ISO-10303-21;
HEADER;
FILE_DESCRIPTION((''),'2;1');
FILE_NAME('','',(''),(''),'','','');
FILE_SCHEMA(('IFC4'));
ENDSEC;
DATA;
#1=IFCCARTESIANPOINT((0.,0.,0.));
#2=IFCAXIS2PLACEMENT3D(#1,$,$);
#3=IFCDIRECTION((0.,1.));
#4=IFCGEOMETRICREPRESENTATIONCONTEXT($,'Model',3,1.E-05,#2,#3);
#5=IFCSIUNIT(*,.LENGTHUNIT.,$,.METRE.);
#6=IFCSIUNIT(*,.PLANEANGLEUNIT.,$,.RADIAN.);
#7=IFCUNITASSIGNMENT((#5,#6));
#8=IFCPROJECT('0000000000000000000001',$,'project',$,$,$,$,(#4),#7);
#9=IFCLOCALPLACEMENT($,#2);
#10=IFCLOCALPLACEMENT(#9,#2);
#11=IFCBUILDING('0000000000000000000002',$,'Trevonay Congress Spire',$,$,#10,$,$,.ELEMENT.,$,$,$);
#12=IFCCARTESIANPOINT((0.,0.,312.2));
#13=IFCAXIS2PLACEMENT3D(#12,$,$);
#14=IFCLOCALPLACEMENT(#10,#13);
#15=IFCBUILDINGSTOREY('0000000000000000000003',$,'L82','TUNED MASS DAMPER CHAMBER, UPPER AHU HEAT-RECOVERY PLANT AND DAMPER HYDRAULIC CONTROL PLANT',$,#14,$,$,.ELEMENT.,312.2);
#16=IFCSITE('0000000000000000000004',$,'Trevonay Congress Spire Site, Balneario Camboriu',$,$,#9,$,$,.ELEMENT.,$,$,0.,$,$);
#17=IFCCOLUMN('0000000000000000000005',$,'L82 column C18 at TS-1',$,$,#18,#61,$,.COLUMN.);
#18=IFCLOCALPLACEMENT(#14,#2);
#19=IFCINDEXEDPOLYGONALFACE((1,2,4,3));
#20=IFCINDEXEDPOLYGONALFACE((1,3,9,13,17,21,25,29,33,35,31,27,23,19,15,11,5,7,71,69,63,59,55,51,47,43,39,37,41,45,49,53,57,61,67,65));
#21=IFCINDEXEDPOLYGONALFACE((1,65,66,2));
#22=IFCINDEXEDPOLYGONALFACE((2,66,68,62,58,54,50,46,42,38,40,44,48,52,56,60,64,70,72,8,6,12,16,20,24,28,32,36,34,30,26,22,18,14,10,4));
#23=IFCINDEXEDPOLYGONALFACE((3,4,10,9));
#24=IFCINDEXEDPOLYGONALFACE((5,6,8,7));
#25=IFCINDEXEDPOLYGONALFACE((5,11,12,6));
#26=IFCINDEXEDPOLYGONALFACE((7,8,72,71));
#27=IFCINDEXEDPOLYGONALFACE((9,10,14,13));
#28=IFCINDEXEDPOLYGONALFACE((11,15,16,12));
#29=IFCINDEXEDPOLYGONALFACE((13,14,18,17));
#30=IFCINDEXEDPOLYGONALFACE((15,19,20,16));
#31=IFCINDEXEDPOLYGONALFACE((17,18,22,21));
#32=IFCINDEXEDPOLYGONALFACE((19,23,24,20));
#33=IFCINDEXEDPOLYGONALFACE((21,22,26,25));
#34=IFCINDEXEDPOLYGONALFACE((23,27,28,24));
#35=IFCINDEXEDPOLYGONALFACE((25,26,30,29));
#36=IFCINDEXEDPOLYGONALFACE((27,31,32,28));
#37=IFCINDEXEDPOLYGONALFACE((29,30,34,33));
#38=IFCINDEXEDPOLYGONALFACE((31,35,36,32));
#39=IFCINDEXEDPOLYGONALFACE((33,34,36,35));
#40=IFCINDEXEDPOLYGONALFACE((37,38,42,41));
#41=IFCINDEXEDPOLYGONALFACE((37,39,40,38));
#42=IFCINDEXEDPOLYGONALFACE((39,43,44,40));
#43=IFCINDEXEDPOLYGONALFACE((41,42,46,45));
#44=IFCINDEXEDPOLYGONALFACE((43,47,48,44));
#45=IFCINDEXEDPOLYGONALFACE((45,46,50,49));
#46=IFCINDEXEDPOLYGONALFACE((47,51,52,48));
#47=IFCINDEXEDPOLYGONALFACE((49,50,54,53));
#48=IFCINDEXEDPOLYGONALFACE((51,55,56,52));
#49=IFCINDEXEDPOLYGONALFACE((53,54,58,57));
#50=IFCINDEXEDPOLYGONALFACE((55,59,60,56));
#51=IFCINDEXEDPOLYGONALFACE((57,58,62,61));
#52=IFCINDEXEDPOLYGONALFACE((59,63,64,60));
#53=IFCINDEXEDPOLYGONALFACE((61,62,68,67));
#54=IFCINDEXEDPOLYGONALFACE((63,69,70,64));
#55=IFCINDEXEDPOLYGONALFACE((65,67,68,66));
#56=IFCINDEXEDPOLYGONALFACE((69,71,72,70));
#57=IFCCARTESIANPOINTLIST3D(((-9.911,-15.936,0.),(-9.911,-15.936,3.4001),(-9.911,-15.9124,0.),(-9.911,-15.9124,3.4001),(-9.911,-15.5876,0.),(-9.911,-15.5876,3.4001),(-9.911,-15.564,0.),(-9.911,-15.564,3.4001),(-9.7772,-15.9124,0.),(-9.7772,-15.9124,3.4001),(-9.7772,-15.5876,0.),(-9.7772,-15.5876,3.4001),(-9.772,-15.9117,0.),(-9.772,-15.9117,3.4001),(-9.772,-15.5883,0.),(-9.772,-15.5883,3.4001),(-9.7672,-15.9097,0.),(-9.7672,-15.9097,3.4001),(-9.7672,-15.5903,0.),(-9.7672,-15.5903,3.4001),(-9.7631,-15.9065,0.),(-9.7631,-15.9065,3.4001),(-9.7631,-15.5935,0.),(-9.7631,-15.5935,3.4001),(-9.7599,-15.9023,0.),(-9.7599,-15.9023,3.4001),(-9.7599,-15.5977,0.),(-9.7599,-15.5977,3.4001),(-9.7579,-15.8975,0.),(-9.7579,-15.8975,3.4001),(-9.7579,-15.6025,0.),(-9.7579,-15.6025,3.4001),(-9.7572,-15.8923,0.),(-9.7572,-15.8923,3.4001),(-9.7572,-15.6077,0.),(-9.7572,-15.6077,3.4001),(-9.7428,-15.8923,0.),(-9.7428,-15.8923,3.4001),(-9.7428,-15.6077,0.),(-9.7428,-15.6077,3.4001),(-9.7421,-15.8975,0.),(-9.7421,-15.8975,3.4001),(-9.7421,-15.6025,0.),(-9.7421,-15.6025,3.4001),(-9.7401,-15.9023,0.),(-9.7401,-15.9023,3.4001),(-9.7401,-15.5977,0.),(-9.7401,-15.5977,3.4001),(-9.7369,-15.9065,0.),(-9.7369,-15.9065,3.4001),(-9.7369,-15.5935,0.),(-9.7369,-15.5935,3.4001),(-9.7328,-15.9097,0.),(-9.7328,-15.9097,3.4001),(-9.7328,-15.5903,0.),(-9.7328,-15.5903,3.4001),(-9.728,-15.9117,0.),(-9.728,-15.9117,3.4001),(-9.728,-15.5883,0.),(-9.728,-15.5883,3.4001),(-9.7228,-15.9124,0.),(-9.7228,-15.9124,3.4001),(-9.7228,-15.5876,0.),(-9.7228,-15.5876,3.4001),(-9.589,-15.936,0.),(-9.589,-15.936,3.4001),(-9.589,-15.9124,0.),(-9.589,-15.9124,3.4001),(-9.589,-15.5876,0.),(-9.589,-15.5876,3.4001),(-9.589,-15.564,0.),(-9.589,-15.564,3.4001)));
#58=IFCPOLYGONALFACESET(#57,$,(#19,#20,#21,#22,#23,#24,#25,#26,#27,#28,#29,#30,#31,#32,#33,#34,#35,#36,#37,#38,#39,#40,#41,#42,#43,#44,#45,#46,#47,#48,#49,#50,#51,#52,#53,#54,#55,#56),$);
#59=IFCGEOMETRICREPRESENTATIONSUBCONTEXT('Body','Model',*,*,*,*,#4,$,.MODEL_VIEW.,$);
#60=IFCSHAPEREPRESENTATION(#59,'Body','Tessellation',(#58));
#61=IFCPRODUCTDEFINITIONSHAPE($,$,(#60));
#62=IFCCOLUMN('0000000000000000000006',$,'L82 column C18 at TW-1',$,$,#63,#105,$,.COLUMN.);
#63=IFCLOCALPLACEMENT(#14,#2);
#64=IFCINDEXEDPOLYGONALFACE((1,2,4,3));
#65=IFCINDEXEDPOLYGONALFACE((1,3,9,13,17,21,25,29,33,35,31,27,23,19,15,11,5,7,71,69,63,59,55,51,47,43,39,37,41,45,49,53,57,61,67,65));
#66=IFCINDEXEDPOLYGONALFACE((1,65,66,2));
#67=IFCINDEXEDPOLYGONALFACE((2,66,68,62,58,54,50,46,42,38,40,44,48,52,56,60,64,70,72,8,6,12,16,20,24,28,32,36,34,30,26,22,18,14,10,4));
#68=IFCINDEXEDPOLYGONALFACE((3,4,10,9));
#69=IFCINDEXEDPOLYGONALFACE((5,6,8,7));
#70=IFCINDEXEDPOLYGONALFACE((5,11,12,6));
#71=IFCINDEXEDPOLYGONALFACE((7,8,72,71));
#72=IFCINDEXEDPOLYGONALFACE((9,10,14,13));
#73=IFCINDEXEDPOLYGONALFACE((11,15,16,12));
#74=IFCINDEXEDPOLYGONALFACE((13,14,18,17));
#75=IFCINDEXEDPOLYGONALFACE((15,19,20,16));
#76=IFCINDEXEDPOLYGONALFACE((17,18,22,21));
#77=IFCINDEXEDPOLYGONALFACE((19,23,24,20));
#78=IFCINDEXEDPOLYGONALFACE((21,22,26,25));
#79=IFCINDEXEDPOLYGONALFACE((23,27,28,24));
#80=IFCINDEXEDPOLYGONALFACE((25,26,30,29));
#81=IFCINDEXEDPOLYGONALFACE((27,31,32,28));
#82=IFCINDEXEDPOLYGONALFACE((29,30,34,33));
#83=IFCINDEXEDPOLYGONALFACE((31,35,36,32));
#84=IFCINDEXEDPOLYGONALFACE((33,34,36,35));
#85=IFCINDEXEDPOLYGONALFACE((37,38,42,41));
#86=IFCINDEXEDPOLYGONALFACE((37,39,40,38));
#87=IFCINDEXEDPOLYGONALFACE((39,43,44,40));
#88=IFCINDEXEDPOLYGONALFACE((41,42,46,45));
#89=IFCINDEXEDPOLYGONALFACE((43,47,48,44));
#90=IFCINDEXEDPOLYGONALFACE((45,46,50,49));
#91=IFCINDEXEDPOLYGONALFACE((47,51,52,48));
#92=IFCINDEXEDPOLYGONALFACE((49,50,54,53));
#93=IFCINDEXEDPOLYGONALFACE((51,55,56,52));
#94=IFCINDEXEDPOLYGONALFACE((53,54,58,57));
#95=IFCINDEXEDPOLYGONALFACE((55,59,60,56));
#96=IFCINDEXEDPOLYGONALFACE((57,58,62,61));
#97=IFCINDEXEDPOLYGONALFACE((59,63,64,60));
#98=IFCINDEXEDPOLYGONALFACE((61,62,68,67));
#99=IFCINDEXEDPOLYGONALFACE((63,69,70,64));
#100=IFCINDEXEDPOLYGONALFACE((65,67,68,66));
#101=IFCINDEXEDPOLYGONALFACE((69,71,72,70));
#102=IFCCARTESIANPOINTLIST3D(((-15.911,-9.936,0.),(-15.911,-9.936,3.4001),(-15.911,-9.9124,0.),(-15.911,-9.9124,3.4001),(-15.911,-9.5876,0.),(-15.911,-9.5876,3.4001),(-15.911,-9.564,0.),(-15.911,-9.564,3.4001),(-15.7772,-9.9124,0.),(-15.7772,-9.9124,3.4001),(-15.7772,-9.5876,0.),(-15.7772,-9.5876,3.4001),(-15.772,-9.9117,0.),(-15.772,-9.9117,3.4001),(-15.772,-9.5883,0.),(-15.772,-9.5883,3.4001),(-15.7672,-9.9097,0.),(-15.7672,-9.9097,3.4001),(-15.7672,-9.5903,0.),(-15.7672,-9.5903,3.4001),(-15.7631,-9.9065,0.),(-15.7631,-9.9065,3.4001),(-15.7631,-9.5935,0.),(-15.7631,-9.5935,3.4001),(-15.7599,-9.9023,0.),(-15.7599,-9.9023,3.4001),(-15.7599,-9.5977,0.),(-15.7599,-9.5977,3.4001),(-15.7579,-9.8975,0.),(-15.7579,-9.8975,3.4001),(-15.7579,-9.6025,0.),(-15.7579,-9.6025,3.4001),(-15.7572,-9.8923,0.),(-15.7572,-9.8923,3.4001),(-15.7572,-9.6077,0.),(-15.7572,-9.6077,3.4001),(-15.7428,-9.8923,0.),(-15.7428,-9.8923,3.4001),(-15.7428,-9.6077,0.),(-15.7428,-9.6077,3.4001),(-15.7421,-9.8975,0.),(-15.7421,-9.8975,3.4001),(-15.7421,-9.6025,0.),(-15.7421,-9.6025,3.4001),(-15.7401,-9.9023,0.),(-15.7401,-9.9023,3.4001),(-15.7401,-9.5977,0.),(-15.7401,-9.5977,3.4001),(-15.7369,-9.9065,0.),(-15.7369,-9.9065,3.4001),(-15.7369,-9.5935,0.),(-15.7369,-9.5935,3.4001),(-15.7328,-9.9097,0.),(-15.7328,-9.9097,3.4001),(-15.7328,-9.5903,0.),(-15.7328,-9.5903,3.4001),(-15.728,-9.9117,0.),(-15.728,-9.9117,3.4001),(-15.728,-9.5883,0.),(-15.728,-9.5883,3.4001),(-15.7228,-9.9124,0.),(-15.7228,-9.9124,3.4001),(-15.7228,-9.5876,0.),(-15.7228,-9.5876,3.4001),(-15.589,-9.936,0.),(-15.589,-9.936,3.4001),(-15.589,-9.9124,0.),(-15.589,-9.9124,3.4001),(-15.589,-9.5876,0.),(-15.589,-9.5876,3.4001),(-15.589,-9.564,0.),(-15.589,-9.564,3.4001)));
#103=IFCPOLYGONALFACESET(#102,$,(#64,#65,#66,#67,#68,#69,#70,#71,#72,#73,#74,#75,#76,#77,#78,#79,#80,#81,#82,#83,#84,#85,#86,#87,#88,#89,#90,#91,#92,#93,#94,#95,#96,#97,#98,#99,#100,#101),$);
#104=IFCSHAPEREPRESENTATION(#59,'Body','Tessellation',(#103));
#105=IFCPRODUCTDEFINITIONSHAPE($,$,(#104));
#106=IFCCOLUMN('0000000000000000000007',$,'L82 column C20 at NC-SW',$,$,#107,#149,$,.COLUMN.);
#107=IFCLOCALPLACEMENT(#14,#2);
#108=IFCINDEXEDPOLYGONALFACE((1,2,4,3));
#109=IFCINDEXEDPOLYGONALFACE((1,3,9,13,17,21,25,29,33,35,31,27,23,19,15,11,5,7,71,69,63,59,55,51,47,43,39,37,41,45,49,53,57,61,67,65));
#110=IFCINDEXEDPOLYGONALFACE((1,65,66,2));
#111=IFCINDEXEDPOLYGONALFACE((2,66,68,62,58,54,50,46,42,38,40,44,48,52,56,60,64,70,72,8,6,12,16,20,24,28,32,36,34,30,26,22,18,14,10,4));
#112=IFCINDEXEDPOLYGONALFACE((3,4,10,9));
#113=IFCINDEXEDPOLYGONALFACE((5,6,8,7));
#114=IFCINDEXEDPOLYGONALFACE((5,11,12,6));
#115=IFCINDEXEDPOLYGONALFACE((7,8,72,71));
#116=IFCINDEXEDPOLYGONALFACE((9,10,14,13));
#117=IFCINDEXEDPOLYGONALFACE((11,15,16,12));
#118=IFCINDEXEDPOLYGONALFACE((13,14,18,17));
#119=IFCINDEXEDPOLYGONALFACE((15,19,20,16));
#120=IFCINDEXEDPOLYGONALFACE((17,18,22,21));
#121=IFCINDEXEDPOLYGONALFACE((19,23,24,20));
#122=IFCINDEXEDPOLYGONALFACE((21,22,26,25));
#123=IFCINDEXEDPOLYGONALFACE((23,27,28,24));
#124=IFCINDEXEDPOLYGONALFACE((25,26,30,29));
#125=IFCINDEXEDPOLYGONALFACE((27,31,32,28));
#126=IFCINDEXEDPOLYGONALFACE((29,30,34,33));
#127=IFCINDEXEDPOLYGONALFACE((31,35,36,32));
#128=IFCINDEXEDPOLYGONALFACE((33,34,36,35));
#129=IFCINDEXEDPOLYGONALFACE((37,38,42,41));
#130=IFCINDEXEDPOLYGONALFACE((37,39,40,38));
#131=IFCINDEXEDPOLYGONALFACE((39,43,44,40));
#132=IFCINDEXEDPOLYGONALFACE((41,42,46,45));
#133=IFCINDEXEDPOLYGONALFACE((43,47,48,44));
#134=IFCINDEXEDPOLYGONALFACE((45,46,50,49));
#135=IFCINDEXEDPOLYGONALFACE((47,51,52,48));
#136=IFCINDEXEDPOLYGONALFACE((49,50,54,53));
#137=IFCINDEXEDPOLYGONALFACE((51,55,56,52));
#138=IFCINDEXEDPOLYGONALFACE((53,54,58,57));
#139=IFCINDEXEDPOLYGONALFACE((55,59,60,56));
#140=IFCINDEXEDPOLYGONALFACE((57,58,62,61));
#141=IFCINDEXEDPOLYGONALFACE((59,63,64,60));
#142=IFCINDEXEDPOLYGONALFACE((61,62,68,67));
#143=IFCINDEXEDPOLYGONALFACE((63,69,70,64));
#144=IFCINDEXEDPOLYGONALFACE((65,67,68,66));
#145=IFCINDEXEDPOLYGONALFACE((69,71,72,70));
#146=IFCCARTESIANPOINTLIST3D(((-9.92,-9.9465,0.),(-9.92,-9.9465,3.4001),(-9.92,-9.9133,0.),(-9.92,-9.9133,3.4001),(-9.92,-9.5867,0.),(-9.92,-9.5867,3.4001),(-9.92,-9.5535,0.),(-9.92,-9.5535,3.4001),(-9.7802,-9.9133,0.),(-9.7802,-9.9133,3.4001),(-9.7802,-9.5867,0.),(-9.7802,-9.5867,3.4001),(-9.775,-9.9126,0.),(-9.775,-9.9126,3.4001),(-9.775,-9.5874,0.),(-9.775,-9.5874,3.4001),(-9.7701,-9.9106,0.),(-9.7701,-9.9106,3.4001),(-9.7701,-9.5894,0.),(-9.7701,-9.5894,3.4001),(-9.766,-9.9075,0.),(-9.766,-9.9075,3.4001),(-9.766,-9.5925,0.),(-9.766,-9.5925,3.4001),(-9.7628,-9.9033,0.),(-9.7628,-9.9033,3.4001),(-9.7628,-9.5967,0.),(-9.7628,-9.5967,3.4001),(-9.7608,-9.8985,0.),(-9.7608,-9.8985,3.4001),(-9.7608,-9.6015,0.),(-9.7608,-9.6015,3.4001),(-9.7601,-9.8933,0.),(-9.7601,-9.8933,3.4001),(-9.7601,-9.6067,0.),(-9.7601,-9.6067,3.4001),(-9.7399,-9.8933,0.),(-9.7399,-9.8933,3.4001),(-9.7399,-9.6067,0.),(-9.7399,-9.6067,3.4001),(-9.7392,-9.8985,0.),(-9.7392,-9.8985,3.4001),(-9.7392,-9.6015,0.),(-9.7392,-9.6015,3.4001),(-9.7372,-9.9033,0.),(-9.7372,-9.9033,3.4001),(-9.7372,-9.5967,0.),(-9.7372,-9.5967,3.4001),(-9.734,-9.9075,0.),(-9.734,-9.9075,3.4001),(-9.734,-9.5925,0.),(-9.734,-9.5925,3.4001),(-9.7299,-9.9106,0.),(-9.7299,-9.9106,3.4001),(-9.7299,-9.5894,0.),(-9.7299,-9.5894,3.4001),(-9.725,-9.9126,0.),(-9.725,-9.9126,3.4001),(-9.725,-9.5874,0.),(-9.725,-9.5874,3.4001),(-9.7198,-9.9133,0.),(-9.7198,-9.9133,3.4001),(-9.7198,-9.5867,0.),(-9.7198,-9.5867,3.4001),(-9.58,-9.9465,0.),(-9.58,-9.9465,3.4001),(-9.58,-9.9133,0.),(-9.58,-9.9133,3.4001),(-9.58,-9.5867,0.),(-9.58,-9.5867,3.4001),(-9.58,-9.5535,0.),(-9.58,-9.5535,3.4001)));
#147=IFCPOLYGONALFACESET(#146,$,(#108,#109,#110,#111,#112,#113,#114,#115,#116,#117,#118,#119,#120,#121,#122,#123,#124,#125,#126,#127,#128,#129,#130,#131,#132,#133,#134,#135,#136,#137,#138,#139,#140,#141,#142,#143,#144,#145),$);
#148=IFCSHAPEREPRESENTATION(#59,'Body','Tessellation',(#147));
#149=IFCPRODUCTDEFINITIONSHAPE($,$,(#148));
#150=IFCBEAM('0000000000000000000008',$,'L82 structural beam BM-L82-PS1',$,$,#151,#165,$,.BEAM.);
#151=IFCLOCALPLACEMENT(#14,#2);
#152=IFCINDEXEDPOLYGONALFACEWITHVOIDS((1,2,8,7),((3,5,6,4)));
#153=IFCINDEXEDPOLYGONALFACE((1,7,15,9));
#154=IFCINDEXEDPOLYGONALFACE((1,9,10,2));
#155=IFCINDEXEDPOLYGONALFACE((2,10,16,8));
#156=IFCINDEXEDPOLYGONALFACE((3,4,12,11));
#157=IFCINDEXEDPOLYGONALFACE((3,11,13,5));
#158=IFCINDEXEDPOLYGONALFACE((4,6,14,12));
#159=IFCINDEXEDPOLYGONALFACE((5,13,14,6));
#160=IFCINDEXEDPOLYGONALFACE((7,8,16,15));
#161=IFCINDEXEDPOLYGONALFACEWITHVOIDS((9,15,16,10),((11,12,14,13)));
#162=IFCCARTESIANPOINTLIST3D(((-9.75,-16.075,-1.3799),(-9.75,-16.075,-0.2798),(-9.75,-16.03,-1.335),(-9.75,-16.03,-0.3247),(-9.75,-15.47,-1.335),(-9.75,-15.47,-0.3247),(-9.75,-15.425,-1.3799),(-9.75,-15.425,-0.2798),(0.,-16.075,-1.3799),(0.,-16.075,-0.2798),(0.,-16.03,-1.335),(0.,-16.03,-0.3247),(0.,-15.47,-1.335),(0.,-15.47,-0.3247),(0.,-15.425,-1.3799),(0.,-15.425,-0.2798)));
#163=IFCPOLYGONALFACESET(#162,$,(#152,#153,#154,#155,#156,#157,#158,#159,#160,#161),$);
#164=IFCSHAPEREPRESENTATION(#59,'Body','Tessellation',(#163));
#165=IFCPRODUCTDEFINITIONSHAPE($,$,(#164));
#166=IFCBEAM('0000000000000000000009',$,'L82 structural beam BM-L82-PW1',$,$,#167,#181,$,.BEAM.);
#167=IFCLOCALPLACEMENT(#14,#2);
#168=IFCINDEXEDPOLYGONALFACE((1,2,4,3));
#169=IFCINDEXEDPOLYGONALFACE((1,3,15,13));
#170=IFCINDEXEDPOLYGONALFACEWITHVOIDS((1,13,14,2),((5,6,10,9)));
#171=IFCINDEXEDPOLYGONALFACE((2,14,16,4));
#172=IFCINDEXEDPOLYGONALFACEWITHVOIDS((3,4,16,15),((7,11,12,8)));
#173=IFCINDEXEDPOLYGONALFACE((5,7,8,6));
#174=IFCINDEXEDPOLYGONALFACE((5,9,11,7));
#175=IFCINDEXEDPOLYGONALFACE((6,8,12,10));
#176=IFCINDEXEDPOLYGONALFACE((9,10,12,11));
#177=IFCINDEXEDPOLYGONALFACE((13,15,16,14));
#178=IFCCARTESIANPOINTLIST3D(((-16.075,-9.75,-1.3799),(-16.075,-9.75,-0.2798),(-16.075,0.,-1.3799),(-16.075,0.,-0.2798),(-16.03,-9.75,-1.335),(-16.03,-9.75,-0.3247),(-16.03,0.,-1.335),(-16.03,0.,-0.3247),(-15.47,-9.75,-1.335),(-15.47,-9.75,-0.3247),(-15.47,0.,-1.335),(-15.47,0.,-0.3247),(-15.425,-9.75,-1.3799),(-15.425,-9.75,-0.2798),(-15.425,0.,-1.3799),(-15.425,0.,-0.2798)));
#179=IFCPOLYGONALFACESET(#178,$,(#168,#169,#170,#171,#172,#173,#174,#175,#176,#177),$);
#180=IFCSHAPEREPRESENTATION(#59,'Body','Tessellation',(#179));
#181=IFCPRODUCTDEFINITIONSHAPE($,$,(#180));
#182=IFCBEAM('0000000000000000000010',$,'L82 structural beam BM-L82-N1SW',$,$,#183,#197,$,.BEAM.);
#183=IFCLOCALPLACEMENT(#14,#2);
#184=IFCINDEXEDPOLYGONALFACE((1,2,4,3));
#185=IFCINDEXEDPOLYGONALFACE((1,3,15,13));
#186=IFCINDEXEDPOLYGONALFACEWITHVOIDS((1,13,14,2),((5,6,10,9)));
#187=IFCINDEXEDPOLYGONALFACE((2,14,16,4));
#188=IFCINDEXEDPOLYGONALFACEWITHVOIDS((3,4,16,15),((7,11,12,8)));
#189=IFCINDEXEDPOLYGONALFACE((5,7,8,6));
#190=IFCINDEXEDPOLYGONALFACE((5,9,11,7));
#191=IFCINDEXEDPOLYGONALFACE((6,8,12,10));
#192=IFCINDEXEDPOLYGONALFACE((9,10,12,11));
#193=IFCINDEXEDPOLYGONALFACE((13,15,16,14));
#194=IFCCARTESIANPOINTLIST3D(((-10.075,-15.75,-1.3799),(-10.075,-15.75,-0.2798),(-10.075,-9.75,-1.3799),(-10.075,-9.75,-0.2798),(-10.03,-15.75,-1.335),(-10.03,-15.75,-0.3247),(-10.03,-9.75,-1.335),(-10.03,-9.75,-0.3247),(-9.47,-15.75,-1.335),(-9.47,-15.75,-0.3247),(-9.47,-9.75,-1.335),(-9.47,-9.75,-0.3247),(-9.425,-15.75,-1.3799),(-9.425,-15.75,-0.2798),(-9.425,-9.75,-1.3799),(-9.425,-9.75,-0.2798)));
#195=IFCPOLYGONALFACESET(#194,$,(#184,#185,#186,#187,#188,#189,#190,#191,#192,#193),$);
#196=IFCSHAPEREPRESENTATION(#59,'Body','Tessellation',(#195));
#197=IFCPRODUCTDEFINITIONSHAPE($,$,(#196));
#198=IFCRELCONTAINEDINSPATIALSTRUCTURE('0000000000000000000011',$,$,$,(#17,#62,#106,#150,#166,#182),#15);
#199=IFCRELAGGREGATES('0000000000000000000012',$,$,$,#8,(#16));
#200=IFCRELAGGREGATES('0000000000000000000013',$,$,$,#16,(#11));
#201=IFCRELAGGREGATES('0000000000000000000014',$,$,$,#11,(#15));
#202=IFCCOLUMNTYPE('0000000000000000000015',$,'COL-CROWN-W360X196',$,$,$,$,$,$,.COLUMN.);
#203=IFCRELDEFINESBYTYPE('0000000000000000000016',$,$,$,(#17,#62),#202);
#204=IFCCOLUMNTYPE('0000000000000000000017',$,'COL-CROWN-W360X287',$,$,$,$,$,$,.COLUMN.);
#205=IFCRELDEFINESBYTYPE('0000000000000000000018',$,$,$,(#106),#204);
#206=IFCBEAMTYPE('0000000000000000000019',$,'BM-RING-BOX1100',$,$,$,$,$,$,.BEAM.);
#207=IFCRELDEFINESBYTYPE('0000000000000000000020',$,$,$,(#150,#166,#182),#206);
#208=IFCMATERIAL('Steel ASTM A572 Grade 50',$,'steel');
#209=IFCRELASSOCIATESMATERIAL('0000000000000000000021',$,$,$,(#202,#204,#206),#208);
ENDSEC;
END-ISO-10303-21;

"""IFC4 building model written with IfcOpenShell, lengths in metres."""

from ifc_helpers import new_model, si_unit, direction, frame, origin, origin_2d, place, context, subcontext, project, spatial, hollow_rectangle, i_section, extrude, material, material_profile, profile_set, type_object, element, save


model = new_model("IFC4")

# Units and contexts
model_context = context("Model", 3, precision=1e-05, world=origin(), true_north=direction((0.0, 1.0)))
body_context = subcontext(model_context, "Body", "Model", "MODEL_VIEW")
ifc_project = project(units=[si_unit("LENGTHUNIT", "METRE"), si_unit("PLANEANGLEUNIT", "RADIAN")], contexts=[model_context])

# Site, building, storey
site_placement = place(None, origin())
site = spatial("IfcSite", under=ifc_project, at=site_placement, Name="Trevonay Congress Spire Site, Balneario Camboriu", CompositionType="ELEMENT", RefElevation=0.0)
building_placement = place(site_placement, origin())
building = spatial("IfcBuilding", under=site, at=building_placement, Name="Trevonay Congress Spire", CompositionType="ELEMENT")
storey_placement = place(building_placement, frame((0.0, 0.0, 312.2)))
storey = spatial("IfcBuildingStorey", under=building, at=storey_placement, Name="L82", Description="TUNED MASS DAMPER CHAMBER, UPPER AHU HEAT-RECOVERY PLANT AND DAMPER HYDRAULIC CONTROL PLANT", CompositionType="ELEMENT", Elevation=312.2)

# Columns
ifc_material_1 = material(Name="Steel ASTM A572 Grade 50", Category="steel")
ifc_material_profile_1 = material_profile(ifc_material_1, i_section(OverallWidth=0.322, OverallDepth=0.3721, WebThickness=0.0144, FlangeThickness=0.0237, FilletRadius=0.02, at=origin_2d()), Name="W360x196")
ifc_profile_set_1 = profile_set([ifc_material_profile_1], Name="Steel ASTM A572 Grade 50")
column_type_1 = type_object("IfcColumnType", Name="COL-CROWN-W360X196", PredefinedType="COLUMN", material=ifc_profile_set_1)
for number, where, z_axis, x_axis, name in (
    (1, (-9.75, -15.75, 0.0), (0.0, 0.0, 1.0), (1.0, 0.0, 0.0), "L82 column C18 at TS-1"),
    (2, (-15.75, -9.75, 0.0), (0.0, 0.0, 1.0), (1.0, 0.0, 0.0), "L82 column C18 at TW-1"),
):
    element("IfcColumn", number, at=place(storey_placement, frame(where, z_axis=z_axis, x_axis=x_axis)), inside=storey, type_object=column_type_1, Name=name, PredefinedType="COLUMN", context=body_context, shape_type="SweptSolid", body=[
        extrude(i_section(OverallWidth=0.322, OverallDepth=0.3721, WebThickness=0.0144, FlangeThickness=0.0237, FilletRadius=0.02, at=origin_2d()), origin(), (0.0, 0.0, 1.0), 3.4001),
    ])
ifc_material_profile_2 = material_profile(ifc_material_1, i_section(OverallWidth=0.3401, OverallDepth=0.3931, WebThickness=0.0203, FlangeThickness=0.0332, FilletRadius=0.02, at=origin_2d()), Name="W360x287")
ifc_profile_set_2 = profile_set([ifc_material_profile_2], Name="Steel ASTM A572 Grade 50")
column_type_2 = type_object("IfcColumnType", Name="COL-CROWN-W360X287", PredefinedType="COLUMN", material=ifc_profile_set_2)
column_placement = place(storey_placement, frame((-9.75, -9.75, 0.0), z_axis=(0.0, 0.0, 1.0), x_axis=(1.0, 0.0, 0.0)))
element("IfcColumn", 3, at=column_placement, inside=storey, type_object=column_type_2, Name="L82 column C20 at NC-SW", PredefinedType="COLUMN", context=body_context, shape_type="SweptSolid", body=[
    extrude(i_section(OverallWidth=0.3401, OverallDepth=0.3931, WebThickness=0.0203, FlangeThickness=0.0332, FilletRadius=0.02, at=origin_2d()), origin(), (0.0, 0.0, 1.0), 3.4001),
])

# Beams
ifc_material_profile_3 = material_profile(ifc_material_1, hollow_rectangle(XDim=0.6499, YDim=1.1001, WallThickness=0.0449, at=origin_2d()), Name="BOX 1100x650x45")
ifc_profile_set_3 = profile_set([ifc_material_profile_3], Name="Steel ASTM A572 Grade 50")
beam_type_1 = type_object("IfcBeamType", Name="BM-RING-BOX1100", PredefinedType="BEAM", material=ifc_profile_set_3)
for number, where, z_axis, x_axis, name in (
    (4, (-9.75, -15.75, -0.8298), (1.0, 0.0, 0.0), (0.0, 1.0, 0.0), "L82 structural beam BM-L82-PS1"),
    (5, (-15.75, -9.75, -0.8298), (0.0, 1.0, 0.0), (-1.0, 0.0, 0.0), "L82 structural beam BM-L82-PW1"),
):
    element("IfcBeam", number, at=place(storey_placement, frame(where, z_axis=z_axis, x_axis=x_axis)), inside=storey, type_object=beam_type_1, Name=name, PredefinedType="BEAM", context=body_context, shape_type="SweptSolid", body=[
        extrude(hollow_rectangle(XDim=0.6499, YDim=1.1001, WallThickness=0.0449, at=origin_2d()), origin(), (0.0, 0.0, 1.0), 9.75),
    ])
for number, where, z_axis, x_axis, name in (
    (6, (-9.75, -15.75, -0.8298), (0.0, 1.0, 0.0), (-1.0, 0.0, 0.0), "L82 structural beam BM-L82-N1SW"),
):
    element("IfcBeam", number, at=place(storey_placement, frame(where, z_axis=z_axis, x_axis=x_axis)), inside=storey, type_object=beam_type_1, Name=name, PredefinedType="BEAM", context=body_context, shape_type="SweptSolid", body=[
        extrude(hollow_rectangle(XDim=0.6499, YDim=1.1001, WallThickness=0.0449, at=origin_2d()), origin(), (0.0, 0.0, 1.0), 6.0),
    ])

save(model, "model.ifc")
